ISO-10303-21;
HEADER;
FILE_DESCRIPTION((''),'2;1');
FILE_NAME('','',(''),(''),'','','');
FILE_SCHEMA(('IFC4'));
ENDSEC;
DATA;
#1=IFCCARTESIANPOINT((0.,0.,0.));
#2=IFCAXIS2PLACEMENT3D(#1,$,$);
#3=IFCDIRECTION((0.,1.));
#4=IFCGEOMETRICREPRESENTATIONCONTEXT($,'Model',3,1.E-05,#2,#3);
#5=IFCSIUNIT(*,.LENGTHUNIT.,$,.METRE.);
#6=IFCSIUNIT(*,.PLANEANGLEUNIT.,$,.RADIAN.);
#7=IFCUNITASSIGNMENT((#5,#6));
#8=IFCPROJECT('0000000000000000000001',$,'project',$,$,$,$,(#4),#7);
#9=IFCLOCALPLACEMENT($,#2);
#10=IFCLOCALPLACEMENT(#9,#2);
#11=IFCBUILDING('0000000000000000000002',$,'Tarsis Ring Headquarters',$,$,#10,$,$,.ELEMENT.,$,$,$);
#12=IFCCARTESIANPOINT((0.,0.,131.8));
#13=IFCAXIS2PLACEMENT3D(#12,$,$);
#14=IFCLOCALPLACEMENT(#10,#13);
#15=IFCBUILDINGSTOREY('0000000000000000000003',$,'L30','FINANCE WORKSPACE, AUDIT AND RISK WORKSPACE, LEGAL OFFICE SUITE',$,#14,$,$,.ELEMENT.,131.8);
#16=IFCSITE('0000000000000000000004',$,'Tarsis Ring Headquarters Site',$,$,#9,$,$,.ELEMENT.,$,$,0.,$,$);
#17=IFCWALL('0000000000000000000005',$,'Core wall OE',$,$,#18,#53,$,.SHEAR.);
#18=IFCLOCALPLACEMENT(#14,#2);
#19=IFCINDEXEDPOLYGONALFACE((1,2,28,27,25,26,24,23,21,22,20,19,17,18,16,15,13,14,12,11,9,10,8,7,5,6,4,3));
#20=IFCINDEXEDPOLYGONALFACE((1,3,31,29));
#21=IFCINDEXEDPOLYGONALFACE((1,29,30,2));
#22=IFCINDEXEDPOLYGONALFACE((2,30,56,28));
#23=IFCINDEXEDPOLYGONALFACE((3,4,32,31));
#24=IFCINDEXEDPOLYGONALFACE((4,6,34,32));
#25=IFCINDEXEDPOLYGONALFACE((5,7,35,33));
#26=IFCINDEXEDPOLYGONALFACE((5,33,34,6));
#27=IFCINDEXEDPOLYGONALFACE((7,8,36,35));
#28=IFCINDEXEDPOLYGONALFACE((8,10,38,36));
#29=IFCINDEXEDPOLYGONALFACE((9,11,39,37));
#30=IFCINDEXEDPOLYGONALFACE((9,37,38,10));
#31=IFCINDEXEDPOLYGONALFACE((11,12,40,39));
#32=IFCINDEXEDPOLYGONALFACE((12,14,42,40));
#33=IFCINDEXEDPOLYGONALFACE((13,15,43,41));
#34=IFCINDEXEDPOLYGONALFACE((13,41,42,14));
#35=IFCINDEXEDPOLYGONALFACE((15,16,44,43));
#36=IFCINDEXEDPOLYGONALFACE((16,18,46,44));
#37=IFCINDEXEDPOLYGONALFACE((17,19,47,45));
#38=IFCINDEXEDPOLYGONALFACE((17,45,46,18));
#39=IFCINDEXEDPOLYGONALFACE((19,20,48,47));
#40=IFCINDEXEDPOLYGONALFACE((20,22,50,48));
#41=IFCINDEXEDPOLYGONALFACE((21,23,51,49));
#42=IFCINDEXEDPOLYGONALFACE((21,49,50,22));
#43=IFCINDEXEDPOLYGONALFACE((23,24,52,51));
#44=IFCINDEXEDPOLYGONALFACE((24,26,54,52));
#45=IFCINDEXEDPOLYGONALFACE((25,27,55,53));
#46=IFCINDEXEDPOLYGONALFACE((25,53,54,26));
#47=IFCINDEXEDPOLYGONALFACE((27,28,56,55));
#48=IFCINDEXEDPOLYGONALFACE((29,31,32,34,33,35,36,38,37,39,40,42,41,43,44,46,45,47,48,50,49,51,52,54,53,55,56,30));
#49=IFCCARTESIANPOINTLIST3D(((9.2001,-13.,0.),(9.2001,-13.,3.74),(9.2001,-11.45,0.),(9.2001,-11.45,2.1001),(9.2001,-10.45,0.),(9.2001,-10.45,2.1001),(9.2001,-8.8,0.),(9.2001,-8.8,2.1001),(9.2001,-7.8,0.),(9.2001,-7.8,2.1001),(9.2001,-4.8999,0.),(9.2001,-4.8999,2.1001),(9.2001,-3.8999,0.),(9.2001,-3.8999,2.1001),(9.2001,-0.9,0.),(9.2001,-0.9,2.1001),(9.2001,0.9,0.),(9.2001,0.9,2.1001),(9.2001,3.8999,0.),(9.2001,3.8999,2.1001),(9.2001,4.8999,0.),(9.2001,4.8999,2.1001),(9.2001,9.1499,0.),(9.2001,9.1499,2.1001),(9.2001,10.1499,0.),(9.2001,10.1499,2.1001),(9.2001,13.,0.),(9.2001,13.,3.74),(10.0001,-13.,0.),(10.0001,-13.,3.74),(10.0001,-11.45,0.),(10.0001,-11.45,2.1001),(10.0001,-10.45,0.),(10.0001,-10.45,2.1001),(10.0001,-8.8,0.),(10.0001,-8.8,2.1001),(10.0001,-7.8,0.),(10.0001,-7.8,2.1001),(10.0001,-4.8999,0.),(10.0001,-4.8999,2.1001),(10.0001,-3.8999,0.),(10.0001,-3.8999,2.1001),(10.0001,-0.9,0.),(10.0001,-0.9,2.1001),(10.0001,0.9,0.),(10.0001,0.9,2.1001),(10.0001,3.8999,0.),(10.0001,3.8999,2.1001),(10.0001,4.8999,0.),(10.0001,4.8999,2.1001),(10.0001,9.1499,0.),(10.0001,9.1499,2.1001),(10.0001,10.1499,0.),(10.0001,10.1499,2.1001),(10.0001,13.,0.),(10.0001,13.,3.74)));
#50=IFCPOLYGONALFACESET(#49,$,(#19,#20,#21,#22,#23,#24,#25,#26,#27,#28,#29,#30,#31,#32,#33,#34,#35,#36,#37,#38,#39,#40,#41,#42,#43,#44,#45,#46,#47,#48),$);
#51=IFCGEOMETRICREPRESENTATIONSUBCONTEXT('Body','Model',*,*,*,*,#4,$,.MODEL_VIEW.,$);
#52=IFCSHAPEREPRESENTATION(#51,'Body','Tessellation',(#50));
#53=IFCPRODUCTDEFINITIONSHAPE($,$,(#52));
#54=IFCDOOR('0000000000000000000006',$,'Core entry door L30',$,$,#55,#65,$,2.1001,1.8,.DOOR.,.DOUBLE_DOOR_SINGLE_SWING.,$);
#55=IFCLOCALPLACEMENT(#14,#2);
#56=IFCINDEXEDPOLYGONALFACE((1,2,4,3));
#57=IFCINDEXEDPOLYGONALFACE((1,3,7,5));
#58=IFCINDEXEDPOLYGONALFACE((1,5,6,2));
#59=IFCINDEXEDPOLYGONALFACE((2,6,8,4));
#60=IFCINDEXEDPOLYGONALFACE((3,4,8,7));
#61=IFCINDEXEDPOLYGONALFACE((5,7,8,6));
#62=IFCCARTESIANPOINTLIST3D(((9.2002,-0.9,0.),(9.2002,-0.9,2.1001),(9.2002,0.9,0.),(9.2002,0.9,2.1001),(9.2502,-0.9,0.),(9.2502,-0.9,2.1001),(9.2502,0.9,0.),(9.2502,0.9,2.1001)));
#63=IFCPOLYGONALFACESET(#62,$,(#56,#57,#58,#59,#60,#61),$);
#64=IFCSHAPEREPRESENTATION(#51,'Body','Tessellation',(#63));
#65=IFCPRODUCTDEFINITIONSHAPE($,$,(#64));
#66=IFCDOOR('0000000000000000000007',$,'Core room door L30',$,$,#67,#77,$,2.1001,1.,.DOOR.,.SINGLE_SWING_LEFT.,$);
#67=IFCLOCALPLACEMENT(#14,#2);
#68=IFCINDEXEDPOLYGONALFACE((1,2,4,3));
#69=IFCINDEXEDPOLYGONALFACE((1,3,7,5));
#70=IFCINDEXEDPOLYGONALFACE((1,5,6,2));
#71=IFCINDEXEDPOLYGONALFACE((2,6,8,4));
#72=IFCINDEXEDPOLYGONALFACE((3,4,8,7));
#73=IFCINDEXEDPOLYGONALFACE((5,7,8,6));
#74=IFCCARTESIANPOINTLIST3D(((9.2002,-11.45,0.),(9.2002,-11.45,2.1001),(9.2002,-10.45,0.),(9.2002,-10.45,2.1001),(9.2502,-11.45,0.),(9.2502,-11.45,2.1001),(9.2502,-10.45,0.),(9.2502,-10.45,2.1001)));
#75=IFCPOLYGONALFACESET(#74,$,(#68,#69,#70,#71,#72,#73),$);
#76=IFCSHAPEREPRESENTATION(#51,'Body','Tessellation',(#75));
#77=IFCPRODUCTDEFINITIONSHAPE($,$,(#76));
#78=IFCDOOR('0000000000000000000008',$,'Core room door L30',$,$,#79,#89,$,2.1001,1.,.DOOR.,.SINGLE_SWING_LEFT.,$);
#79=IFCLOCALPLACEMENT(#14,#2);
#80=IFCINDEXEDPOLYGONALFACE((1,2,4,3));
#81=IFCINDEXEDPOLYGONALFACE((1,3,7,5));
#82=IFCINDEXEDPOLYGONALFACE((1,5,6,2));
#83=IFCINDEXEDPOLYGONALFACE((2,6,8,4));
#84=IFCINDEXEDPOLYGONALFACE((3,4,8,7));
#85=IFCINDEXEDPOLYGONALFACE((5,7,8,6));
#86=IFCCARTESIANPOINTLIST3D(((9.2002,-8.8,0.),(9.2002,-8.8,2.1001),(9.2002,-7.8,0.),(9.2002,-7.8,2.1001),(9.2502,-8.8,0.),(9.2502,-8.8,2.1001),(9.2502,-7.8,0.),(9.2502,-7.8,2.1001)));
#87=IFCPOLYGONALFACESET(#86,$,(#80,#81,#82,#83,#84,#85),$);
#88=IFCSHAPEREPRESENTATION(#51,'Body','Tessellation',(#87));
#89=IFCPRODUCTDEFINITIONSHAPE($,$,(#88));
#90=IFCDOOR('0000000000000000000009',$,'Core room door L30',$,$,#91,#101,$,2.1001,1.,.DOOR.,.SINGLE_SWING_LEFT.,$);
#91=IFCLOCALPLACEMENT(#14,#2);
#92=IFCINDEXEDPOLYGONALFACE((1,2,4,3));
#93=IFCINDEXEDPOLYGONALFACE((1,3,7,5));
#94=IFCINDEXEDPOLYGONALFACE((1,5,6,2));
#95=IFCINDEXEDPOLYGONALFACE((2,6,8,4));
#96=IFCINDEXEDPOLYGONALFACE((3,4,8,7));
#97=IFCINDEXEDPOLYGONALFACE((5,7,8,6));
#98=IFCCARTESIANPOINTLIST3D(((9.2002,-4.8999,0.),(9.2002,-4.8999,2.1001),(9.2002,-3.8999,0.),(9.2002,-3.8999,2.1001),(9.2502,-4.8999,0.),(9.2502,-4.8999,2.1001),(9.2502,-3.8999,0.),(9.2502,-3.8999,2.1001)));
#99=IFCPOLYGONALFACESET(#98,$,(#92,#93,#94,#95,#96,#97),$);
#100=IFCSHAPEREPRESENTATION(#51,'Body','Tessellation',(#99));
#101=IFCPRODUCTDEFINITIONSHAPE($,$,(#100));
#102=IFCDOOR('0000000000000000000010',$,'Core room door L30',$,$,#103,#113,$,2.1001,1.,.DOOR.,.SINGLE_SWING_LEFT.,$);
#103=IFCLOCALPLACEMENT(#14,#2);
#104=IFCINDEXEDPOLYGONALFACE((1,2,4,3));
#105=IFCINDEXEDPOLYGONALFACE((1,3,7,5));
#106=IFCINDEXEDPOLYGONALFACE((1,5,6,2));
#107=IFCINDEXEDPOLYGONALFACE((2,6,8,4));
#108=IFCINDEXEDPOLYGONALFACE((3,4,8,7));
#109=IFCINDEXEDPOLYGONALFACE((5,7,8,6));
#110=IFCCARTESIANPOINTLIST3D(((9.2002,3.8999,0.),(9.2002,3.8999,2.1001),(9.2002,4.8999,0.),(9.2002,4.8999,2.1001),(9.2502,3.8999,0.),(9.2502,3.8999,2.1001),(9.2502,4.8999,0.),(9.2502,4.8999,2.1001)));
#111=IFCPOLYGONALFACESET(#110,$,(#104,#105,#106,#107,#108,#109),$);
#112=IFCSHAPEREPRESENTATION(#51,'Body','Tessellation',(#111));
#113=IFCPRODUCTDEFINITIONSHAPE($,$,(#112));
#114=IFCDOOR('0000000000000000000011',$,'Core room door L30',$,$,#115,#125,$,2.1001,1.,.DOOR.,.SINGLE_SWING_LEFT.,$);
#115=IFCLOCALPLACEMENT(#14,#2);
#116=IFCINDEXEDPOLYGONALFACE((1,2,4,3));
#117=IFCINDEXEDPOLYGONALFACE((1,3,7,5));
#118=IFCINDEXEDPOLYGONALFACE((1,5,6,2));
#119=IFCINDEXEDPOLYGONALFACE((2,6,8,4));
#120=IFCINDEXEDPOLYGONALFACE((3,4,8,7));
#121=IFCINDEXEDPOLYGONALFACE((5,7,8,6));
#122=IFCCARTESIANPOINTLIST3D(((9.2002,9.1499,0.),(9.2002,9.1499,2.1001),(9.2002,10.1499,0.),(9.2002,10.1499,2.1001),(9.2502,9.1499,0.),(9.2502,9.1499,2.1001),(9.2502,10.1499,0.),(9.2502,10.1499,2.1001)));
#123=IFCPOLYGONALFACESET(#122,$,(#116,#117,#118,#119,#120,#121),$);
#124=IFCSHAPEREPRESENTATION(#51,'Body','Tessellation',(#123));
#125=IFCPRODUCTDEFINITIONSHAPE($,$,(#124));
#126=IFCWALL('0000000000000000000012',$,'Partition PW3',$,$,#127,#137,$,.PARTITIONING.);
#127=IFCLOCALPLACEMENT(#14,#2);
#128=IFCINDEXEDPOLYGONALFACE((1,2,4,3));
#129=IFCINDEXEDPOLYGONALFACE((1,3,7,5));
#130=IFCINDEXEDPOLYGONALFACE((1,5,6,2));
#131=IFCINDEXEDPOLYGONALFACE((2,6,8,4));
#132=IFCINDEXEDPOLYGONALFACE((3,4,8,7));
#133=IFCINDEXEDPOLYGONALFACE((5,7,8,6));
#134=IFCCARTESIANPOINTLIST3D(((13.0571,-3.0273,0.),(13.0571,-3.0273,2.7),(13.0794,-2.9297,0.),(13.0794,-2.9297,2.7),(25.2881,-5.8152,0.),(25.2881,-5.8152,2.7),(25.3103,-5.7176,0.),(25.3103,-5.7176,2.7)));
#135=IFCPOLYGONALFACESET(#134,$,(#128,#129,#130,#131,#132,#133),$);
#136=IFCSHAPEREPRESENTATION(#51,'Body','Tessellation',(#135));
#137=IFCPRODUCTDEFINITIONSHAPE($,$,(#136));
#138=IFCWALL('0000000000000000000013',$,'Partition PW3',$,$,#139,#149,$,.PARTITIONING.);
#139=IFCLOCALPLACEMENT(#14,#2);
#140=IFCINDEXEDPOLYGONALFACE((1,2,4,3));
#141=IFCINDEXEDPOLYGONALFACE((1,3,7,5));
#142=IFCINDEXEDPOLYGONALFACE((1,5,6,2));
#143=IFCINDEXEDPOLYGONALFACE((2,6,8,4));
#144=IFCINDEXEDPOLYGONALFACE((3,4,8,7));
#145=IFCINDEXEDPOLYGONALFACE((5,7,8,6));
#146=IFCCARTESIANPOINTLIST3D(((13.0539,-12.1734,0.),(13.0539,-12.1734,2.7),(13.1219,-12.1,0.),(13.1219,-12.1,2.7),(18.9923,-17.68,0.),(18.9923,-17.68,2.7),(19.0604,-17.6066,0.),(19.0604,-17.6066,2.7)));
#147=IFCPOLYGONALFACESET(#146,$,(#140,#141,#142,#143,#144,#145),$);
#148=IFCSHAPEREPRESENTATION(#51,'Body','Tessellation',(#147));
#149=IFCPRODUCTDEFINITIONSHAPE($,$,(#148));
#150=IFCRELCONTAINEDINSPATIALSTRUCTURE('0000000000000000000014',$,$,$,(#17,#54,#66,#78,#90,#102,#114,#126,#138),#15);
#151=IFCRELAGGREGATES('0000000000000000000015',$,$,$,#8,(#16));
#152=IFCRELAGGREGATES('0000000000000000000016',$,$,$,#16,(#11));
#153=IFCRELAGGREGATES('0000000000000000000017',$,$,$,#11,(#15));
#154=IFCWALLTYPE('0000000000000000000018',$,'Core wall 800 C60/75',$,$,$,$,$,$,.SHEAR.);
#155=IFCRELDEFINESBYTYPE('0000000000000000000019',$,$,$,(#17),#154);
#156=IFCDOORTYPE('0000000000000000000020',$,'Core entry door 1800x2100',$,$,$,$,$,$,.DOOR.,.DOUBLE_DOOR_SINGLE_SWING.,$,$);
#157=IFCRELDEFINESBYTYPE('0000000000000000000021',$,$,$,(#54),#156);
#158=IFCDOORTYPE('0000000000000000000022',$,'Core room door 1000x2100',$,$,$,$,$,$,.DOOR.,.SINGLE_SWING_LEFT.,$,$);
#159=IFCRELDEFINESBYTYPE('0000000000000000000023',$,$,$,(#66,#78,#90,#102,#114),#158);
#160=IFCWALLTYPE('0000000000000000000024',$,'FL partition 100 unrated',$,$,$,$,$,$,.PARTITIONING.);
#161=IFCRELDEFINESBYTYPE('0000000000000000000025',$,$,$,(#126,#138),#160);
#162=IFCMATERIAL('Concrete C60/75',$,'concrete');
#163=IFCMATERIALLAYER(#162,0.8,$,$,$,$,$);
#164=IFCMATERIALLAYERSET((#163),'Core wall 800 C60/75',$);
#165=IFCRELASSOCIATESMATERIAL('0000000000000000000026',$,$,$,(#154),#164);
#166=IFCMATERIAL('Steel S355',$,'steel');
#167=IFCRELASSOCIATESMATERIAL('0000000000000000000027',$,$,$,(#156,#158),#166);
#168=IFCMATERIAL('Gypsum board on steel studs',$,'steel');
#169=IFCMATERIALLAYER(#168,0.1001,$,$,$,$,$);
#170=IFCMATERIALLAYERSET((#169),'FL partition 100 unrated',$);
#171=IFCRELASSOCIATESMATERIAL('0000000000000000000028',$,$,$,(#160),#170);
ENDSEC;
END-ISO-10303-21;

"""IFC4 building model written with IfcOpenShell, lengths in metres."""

from ifc_helpers import new_model, si_unit, direction, frame, frame_2d, origin, place, context, subcontext, project, spatial, rectangle, extrude, material, layer, layer_set, type_object, element, fill, save


model = new_model("IFC4")

# Units and contexts
model_context = context("Model", 3, precision=1e-05, world=origin(), true_north=direction((0.0, 1.0)))
body_context = subcontext(model_context, "Body", "Model", "MODEL_VIEW")
ifc_project = project(units=[si_unit("LENGTHUNIT", "METRE"), si_unit("PLANEANGLEUNIT", "RADIAN")], contexts=[model_context])

# Site, building, storey
site_placement = place(None, origin())
site = spatial("IfcSite", under=ifc_project, at=site_placement, Name="Tarsis Ring Headquarters Site", CompositionType="ELEMENT", RefElevation=0.0)
building_placement = place(site_placement, origin())
building = spatial("IfcBuilding", under=site, at=building_placement, Name="Tarsis Ring Headquarters", CompositionType="ELEMENT")
storey_placement = place(building_placement, frame((0.0, 0.0, 131.8)))
storey = spatial("IfcBuildingStorey", under=building, at=storey_placement, Name="L30", Description="FINANCE WORKSPACE, AUDIT AND RISK WORKSPACE, LEGAL OFFICE SUITE", CompositionType="ELEMENT", Elevation=131.8)

# Wall, openings, doors
ifc_material_1 = material(Name="Concrete C60/75", Category="concrete")
ifc_layer_1 = layer(ifc_material_1, 0.8)
ifc_layer_set_1 = layer_set([ifc_layer_1], Name="Core wall 800 C60/75")
wall_type_1 = type_object("IfcWallType", Name="Core wall 800 C60/75", PredefinedType="SHEAR", material=ifc_layer_set_1)
wall_1_placement = place(storey_placement, frame((9.6001, -13.0, 0.0), z_axis=(0.0, 0.0, 1.0), x_axis=(0.0, 1.0, 0.0)))
wall_1 = element("IfcWall", 1, at=wall_1_placement, inside=storey, type_object=wall_type_1, Name="Core wall OE", PredefinedType="SHEAR", context=body_context, shape_type="SweptSolid", body=[
    extrude(rectangle(XDim=26.0, YDim=0.8, at=frame_2d((13.0, 0.0))), origin(), (0.0, 0.0, 1.0), 3.74),
])
opening_1_placement = place(wall_1_placement, frame((1.55, 0.0, 0.0)))
opening_1 = element("IfcOpeningElement", 2, at=opening_1_placement, cuts=wall_1, PredefinedType="OPENING", context=body_context, shape_type="SweptSolid", body=[
    extrude(rectangle(XDim=1.0, YDim=2.1001, at=frame_2d((0.5, 1.05))), frame((0.0, 0.4099, 0.0), z_axis=(0.0, -1.0, 0.0), x_axis=(1.0, 0.0, 0.0)), (0.0, 0.0, 1.0), 0.8201),
])
opening_2_placement = place(wall_1_placement, frame((4.2, 0.0, 0.0)))
opening_2 = element("IfcOpeningElement", 3, at=opening_2_placement, cuts=wall_1, PredefinedType="OPENING", context=body_context, shape_type="SweptSolid", body=[
    extrude(rectangle(XDim=1.0, YDim=2.1001, at=frame_2d((0.5, 1.05))), frame((0.0, 0.4099, 0.0), z_axis=(0.0, -1.0, 0.0), x_axis=(1.0, 0.0, 0.0)), (0.0, 0.0, 1.0), 0.8201),
])
opening_3_placement = place(wall_1_placement, frame((8.1001, 0.0, 0.0)))
opening_3 = element("IfcOpeningElement", 4, at=opening_3_placement, cuts=wall_1, PredefinedType="OPENING", context=body_context, shape_type="SweptSolid", body=[
    extrude(rectangle(XDim=1.0, YDim=2.1001, at=frame_2d((0.5, 1.05))), frame((0.0, 0.4099, 0.0), z_axis=(0.0, -1.0, 0.0), x_axis=(1.0, 0.0, 0.0)), (0.0, 0.0, 1.0), 0.8201),
])
opening_4_placement = place(wall_1_placement, frame((12.1001, 0.0, 0.0)))
opening_4 = element("IfcOpeningElement", 5, at=opening_4_placement, cuts=wall_1, PredefinedType="OPENING", context=body_context, shape_type="SweptSolid", body=[
    extrude(rectangle(XDim=1.8, YDim=2.1001, at=frame_2d((0.8999, 1.05))), frame((0.0, 0.4099, 0.0), z_axis=(0.0, -1.0, 0.0), x_axis=(1.0, 0.0, 0.0)), (0.0, 0.0, 1.0), 0.8201),
])
opening_5_placement = place(wall_1_placement, frame((16.8999, 0.0, 0.0)))
opening_5 = element("IfcOpeningElement", 6, at=opening_5_placement, cuts=wall_1, PredefinedType="OPENING", context=body_context, shape_type="SweptSolid", body=[
    extrude(rectangle(XDim=1.0, YDim=2.1001, at=frame_2d((0.5, 1.05))), frame((0.0, 0.4099, 0.0), z_axis=(0.0, -1.0, 0.0), x_axis=(1.0, 0.0, 0.0)), (0.0, 0.0, 1.0), 0.8201),
])
opening_6_placement = place(wall_1_placement, frame((22.1499, 0.0, 0.0)))
opening_6 = element("IfcOpeningElement", 7, at=opening_6_placement, cuts=wall_1, PredefinedType="OPENING", context=body_context, shape_type="SweptSolid", body=[
    extrude(rectangle(XDim=1.0, YDim=2.1001, at=frame_2d((0.5, 1.05))), frame((0.0, 0.4099, 0.0), z_axis=(0.0, -1.0, 0.0), x_axis=(1.0, 0.0, 0.0)), (0.0, 0.0, 1.0), 0.8201),
])
ifc_material_2 = material(Name="Steel S355", Category="steel")
door_type_1 = type_object("IfcDoorType", Name="Core entry door 1800x2100", OperationType="DOUBLE_DOOR_SINGLE_SWING", PredefinedType="DOOR", material=ifc_material_2)
door_1_placement = place(opening_4_placement, origin())
door_1 = element("IfcDoor", 8, at=door_1_placement, inside=storey, type_object=door_type_1, Name="Core entry door L30", OperationType="DOUBLE_DOOR_SINGLE_SWING", OverallHeight=2.1001, OverallWidth=1.8, PredefinedType="DOOR", context=body_context, shape_type="SweptSolid", body=[
    extrude(rectangle(XDim=1.8, YDim=2.1001, at=frame_2d((0.8999, 1.05))), frame((0.0, 0.3999, 0.0), z_axis=(0.0, -1.0, 0.0), x_axis=(1.0, 0.0, 0.0)), (0.0, 0.0, 1.0), 0.05),
])
fill(opening_4, door_1)
door_type_2 = type_object("IfcDoorType", Name="Core room door 1000x2100", OperationType="SINGLE_SWING_LEFT", PredefinedType="DOOR", material=ifc_material_2)
door_2_placement = place(opening_1_placement, origin())
door_2 = element("IfcDoor", 9, at=door_2_placement, inside=storey, type_object=door_type_2, Name="Core room door L30", OperationType="SINGLE_SWING_LEFT", OverallHeight=2.1001, OverallWidth=1.0, PredefinedType="DOOR", context=body_context, shape_type="SweptSolid", body=[
    extrude(rectangle(XDim=1.0, YDim=2.1001, at=frame_2d((0.5, 1.05))), frame((0.0, 0.3999, 0.0), z_axis=(0.0, -1.0, 0.0), x_axis=(1.0, 0.0, 0.0)), (0.0, 0.0, 1.0), 0.05),
])
fill(opening_1, door_2)
door_3_placement = place(opening_2_placement, origin())
door_3 = element("IfcDoor", 10, at=door_3_placement, inside=storey, type_object=door_type_2, Name="Core room door L30", OperationType="SINGLE_SWING_LEFT", OverallHeight=2.1001, OverallWidth=1.0, PredefinedType="DOOR", context=body_context, shape_type="SweptSolid", body=[
    extrude(rectangle(XDim=1.0, YDim=2.1001, at=frame_2d((0.5, 1.05))), frame((0.0, 0.3999, 0.0), z_axis=(0.0, -1.0, 0.0), x_axis=(1.0, 0.0, 0.0)), (0.0, 0.0, 1.0), 0.05),
])
fill(opening_2, door_3)
door_4_placement = place(opening_3_placement, origin())
door_4 = element("IfcDoor", 11, at=door_4_placement, inside=storey, type_object=door_type_2, Name="Core room door L30", OperationType="SINGLE_SWING_LEFT", OverallHeight=2.1001, OverallWidth=1.0, PredefinedType="DOOR", context=body_context, shape_type="SweptSolid", body=[
    extrude(rectangle(XDim=1.0, YDim=2.1001, at=frame_2d((0.5, 1.05))), frame((0.0, 0.3999, 0.0), z_axis=(0.0, -1.0, 0.0), x_axis=(1.0, 0.0, 0.0)), (0.0, 0.0, 1.0), 0.05),
])
fill(opening_3, door_4)
door_5_placement = place(opening_5_placement, origin())
door_5 = element("IfcDoor", 12, at=door_5_placement, inside=storey, type_object=door_type_2, Name="Core room door L30", OperationType="SINGLE_SWING_LEFT", OverallHeight=2.1001, OverallWidth=1.0, PredefinedType="DOOR", context=body_context, shape_type="SweptSolid", body=[
    extrude(rectangle(XDim=1.0, YDim=2.1001, at=frame_2d((0.5, 1.05))), frame((0.0, 0.3999, 0.0), z_axis=(0.0, -1.0, 0.0), x_axis=(1.0, 0.0, 0.0)), (0.0, 0.0, 1.0), 0.05),
])
fill(opening_5, door_5)
door_6_placement = place(opening_6_placement, origin())
door_6 = element("IfcDoor", 13, at=door_6_placement, inside=storey, type_object=door_type_2, Name="Core room door L30", OperationType="SINGLE_SWING_LEFT", OverallHeight=2.1001, OverallWidth=1.0, PredefinedType="DOOR", context=body_context, shape_type="SweptSolid", body=[
    extrude(rectangle(XDim=1.0, YDim=2.1001, at=frame_2d((0.5, 1.05))), frame((0.0, 0.3999, 0.0), z_axis=(0.0, -1.0, 0.0), x_axis=(1.0, 0.0, 0.0)), (0.0, 0.0, 1.0), 0.05),
])
fill(opening_6, door_6)

# Walls
ifc_material_3 = material(Name="Gypsum board on steel studs", Category="steel")
ifc_layer_2 = layer(ifc_material_3, 0.1001)
ifc_layer_set_2 = layer_set([ifc_layer_2], Name="FL partition 100 unrated")
wall_type_2 = type_object("IfcWallType", Name="FL partition 100 unrated", PredefinedType="PARTITIONING", material=ifc_layer_set_2)
wall_2_placement = place(storey_placement, frame((13.0681, -2.9785, 0.0), z_axis=(0.0, 0.0, 1.0), x_axis=(0.974993, -0.222233, 0.0)))
element("IfcWall", 14, at=wall_2_placement, inside=storey, type_object=wall_type_2, Name="Partition PW3", PredefinedType="PARTITIONING", context=body_context, shape_type="SweptSolid", body=[
    extrude(rectangle(XDim=12.5447, YDim=0.1001, at=frame_2d((6.2725, 0.0))), origin(), (0.0, 0.0, 1.0), 2.7),
])
wall_3_placement = place(storey_placement, frame((13.0879, -12.1367, 0.0), z_axis=(0.0, 0.0, 1.0), x_axis=(0.733268, -0.67994, 0.0)))
element("IfcWall", 15, at=wall_3_placement, inside=storey, type_object=wall_type_2, Name="Partition PW3", PredefinedType="PARTITIONING", context=body_context, shape_type="SweptSolid", body=[
    extrude(rectangle(XDim=8.0986, YDim=0.1001, at=frame_2d((4.0493, 0.0))), origin(), (0.0, 0.0, 1.0), 2.7),
])

save(model, "model.ifc")
